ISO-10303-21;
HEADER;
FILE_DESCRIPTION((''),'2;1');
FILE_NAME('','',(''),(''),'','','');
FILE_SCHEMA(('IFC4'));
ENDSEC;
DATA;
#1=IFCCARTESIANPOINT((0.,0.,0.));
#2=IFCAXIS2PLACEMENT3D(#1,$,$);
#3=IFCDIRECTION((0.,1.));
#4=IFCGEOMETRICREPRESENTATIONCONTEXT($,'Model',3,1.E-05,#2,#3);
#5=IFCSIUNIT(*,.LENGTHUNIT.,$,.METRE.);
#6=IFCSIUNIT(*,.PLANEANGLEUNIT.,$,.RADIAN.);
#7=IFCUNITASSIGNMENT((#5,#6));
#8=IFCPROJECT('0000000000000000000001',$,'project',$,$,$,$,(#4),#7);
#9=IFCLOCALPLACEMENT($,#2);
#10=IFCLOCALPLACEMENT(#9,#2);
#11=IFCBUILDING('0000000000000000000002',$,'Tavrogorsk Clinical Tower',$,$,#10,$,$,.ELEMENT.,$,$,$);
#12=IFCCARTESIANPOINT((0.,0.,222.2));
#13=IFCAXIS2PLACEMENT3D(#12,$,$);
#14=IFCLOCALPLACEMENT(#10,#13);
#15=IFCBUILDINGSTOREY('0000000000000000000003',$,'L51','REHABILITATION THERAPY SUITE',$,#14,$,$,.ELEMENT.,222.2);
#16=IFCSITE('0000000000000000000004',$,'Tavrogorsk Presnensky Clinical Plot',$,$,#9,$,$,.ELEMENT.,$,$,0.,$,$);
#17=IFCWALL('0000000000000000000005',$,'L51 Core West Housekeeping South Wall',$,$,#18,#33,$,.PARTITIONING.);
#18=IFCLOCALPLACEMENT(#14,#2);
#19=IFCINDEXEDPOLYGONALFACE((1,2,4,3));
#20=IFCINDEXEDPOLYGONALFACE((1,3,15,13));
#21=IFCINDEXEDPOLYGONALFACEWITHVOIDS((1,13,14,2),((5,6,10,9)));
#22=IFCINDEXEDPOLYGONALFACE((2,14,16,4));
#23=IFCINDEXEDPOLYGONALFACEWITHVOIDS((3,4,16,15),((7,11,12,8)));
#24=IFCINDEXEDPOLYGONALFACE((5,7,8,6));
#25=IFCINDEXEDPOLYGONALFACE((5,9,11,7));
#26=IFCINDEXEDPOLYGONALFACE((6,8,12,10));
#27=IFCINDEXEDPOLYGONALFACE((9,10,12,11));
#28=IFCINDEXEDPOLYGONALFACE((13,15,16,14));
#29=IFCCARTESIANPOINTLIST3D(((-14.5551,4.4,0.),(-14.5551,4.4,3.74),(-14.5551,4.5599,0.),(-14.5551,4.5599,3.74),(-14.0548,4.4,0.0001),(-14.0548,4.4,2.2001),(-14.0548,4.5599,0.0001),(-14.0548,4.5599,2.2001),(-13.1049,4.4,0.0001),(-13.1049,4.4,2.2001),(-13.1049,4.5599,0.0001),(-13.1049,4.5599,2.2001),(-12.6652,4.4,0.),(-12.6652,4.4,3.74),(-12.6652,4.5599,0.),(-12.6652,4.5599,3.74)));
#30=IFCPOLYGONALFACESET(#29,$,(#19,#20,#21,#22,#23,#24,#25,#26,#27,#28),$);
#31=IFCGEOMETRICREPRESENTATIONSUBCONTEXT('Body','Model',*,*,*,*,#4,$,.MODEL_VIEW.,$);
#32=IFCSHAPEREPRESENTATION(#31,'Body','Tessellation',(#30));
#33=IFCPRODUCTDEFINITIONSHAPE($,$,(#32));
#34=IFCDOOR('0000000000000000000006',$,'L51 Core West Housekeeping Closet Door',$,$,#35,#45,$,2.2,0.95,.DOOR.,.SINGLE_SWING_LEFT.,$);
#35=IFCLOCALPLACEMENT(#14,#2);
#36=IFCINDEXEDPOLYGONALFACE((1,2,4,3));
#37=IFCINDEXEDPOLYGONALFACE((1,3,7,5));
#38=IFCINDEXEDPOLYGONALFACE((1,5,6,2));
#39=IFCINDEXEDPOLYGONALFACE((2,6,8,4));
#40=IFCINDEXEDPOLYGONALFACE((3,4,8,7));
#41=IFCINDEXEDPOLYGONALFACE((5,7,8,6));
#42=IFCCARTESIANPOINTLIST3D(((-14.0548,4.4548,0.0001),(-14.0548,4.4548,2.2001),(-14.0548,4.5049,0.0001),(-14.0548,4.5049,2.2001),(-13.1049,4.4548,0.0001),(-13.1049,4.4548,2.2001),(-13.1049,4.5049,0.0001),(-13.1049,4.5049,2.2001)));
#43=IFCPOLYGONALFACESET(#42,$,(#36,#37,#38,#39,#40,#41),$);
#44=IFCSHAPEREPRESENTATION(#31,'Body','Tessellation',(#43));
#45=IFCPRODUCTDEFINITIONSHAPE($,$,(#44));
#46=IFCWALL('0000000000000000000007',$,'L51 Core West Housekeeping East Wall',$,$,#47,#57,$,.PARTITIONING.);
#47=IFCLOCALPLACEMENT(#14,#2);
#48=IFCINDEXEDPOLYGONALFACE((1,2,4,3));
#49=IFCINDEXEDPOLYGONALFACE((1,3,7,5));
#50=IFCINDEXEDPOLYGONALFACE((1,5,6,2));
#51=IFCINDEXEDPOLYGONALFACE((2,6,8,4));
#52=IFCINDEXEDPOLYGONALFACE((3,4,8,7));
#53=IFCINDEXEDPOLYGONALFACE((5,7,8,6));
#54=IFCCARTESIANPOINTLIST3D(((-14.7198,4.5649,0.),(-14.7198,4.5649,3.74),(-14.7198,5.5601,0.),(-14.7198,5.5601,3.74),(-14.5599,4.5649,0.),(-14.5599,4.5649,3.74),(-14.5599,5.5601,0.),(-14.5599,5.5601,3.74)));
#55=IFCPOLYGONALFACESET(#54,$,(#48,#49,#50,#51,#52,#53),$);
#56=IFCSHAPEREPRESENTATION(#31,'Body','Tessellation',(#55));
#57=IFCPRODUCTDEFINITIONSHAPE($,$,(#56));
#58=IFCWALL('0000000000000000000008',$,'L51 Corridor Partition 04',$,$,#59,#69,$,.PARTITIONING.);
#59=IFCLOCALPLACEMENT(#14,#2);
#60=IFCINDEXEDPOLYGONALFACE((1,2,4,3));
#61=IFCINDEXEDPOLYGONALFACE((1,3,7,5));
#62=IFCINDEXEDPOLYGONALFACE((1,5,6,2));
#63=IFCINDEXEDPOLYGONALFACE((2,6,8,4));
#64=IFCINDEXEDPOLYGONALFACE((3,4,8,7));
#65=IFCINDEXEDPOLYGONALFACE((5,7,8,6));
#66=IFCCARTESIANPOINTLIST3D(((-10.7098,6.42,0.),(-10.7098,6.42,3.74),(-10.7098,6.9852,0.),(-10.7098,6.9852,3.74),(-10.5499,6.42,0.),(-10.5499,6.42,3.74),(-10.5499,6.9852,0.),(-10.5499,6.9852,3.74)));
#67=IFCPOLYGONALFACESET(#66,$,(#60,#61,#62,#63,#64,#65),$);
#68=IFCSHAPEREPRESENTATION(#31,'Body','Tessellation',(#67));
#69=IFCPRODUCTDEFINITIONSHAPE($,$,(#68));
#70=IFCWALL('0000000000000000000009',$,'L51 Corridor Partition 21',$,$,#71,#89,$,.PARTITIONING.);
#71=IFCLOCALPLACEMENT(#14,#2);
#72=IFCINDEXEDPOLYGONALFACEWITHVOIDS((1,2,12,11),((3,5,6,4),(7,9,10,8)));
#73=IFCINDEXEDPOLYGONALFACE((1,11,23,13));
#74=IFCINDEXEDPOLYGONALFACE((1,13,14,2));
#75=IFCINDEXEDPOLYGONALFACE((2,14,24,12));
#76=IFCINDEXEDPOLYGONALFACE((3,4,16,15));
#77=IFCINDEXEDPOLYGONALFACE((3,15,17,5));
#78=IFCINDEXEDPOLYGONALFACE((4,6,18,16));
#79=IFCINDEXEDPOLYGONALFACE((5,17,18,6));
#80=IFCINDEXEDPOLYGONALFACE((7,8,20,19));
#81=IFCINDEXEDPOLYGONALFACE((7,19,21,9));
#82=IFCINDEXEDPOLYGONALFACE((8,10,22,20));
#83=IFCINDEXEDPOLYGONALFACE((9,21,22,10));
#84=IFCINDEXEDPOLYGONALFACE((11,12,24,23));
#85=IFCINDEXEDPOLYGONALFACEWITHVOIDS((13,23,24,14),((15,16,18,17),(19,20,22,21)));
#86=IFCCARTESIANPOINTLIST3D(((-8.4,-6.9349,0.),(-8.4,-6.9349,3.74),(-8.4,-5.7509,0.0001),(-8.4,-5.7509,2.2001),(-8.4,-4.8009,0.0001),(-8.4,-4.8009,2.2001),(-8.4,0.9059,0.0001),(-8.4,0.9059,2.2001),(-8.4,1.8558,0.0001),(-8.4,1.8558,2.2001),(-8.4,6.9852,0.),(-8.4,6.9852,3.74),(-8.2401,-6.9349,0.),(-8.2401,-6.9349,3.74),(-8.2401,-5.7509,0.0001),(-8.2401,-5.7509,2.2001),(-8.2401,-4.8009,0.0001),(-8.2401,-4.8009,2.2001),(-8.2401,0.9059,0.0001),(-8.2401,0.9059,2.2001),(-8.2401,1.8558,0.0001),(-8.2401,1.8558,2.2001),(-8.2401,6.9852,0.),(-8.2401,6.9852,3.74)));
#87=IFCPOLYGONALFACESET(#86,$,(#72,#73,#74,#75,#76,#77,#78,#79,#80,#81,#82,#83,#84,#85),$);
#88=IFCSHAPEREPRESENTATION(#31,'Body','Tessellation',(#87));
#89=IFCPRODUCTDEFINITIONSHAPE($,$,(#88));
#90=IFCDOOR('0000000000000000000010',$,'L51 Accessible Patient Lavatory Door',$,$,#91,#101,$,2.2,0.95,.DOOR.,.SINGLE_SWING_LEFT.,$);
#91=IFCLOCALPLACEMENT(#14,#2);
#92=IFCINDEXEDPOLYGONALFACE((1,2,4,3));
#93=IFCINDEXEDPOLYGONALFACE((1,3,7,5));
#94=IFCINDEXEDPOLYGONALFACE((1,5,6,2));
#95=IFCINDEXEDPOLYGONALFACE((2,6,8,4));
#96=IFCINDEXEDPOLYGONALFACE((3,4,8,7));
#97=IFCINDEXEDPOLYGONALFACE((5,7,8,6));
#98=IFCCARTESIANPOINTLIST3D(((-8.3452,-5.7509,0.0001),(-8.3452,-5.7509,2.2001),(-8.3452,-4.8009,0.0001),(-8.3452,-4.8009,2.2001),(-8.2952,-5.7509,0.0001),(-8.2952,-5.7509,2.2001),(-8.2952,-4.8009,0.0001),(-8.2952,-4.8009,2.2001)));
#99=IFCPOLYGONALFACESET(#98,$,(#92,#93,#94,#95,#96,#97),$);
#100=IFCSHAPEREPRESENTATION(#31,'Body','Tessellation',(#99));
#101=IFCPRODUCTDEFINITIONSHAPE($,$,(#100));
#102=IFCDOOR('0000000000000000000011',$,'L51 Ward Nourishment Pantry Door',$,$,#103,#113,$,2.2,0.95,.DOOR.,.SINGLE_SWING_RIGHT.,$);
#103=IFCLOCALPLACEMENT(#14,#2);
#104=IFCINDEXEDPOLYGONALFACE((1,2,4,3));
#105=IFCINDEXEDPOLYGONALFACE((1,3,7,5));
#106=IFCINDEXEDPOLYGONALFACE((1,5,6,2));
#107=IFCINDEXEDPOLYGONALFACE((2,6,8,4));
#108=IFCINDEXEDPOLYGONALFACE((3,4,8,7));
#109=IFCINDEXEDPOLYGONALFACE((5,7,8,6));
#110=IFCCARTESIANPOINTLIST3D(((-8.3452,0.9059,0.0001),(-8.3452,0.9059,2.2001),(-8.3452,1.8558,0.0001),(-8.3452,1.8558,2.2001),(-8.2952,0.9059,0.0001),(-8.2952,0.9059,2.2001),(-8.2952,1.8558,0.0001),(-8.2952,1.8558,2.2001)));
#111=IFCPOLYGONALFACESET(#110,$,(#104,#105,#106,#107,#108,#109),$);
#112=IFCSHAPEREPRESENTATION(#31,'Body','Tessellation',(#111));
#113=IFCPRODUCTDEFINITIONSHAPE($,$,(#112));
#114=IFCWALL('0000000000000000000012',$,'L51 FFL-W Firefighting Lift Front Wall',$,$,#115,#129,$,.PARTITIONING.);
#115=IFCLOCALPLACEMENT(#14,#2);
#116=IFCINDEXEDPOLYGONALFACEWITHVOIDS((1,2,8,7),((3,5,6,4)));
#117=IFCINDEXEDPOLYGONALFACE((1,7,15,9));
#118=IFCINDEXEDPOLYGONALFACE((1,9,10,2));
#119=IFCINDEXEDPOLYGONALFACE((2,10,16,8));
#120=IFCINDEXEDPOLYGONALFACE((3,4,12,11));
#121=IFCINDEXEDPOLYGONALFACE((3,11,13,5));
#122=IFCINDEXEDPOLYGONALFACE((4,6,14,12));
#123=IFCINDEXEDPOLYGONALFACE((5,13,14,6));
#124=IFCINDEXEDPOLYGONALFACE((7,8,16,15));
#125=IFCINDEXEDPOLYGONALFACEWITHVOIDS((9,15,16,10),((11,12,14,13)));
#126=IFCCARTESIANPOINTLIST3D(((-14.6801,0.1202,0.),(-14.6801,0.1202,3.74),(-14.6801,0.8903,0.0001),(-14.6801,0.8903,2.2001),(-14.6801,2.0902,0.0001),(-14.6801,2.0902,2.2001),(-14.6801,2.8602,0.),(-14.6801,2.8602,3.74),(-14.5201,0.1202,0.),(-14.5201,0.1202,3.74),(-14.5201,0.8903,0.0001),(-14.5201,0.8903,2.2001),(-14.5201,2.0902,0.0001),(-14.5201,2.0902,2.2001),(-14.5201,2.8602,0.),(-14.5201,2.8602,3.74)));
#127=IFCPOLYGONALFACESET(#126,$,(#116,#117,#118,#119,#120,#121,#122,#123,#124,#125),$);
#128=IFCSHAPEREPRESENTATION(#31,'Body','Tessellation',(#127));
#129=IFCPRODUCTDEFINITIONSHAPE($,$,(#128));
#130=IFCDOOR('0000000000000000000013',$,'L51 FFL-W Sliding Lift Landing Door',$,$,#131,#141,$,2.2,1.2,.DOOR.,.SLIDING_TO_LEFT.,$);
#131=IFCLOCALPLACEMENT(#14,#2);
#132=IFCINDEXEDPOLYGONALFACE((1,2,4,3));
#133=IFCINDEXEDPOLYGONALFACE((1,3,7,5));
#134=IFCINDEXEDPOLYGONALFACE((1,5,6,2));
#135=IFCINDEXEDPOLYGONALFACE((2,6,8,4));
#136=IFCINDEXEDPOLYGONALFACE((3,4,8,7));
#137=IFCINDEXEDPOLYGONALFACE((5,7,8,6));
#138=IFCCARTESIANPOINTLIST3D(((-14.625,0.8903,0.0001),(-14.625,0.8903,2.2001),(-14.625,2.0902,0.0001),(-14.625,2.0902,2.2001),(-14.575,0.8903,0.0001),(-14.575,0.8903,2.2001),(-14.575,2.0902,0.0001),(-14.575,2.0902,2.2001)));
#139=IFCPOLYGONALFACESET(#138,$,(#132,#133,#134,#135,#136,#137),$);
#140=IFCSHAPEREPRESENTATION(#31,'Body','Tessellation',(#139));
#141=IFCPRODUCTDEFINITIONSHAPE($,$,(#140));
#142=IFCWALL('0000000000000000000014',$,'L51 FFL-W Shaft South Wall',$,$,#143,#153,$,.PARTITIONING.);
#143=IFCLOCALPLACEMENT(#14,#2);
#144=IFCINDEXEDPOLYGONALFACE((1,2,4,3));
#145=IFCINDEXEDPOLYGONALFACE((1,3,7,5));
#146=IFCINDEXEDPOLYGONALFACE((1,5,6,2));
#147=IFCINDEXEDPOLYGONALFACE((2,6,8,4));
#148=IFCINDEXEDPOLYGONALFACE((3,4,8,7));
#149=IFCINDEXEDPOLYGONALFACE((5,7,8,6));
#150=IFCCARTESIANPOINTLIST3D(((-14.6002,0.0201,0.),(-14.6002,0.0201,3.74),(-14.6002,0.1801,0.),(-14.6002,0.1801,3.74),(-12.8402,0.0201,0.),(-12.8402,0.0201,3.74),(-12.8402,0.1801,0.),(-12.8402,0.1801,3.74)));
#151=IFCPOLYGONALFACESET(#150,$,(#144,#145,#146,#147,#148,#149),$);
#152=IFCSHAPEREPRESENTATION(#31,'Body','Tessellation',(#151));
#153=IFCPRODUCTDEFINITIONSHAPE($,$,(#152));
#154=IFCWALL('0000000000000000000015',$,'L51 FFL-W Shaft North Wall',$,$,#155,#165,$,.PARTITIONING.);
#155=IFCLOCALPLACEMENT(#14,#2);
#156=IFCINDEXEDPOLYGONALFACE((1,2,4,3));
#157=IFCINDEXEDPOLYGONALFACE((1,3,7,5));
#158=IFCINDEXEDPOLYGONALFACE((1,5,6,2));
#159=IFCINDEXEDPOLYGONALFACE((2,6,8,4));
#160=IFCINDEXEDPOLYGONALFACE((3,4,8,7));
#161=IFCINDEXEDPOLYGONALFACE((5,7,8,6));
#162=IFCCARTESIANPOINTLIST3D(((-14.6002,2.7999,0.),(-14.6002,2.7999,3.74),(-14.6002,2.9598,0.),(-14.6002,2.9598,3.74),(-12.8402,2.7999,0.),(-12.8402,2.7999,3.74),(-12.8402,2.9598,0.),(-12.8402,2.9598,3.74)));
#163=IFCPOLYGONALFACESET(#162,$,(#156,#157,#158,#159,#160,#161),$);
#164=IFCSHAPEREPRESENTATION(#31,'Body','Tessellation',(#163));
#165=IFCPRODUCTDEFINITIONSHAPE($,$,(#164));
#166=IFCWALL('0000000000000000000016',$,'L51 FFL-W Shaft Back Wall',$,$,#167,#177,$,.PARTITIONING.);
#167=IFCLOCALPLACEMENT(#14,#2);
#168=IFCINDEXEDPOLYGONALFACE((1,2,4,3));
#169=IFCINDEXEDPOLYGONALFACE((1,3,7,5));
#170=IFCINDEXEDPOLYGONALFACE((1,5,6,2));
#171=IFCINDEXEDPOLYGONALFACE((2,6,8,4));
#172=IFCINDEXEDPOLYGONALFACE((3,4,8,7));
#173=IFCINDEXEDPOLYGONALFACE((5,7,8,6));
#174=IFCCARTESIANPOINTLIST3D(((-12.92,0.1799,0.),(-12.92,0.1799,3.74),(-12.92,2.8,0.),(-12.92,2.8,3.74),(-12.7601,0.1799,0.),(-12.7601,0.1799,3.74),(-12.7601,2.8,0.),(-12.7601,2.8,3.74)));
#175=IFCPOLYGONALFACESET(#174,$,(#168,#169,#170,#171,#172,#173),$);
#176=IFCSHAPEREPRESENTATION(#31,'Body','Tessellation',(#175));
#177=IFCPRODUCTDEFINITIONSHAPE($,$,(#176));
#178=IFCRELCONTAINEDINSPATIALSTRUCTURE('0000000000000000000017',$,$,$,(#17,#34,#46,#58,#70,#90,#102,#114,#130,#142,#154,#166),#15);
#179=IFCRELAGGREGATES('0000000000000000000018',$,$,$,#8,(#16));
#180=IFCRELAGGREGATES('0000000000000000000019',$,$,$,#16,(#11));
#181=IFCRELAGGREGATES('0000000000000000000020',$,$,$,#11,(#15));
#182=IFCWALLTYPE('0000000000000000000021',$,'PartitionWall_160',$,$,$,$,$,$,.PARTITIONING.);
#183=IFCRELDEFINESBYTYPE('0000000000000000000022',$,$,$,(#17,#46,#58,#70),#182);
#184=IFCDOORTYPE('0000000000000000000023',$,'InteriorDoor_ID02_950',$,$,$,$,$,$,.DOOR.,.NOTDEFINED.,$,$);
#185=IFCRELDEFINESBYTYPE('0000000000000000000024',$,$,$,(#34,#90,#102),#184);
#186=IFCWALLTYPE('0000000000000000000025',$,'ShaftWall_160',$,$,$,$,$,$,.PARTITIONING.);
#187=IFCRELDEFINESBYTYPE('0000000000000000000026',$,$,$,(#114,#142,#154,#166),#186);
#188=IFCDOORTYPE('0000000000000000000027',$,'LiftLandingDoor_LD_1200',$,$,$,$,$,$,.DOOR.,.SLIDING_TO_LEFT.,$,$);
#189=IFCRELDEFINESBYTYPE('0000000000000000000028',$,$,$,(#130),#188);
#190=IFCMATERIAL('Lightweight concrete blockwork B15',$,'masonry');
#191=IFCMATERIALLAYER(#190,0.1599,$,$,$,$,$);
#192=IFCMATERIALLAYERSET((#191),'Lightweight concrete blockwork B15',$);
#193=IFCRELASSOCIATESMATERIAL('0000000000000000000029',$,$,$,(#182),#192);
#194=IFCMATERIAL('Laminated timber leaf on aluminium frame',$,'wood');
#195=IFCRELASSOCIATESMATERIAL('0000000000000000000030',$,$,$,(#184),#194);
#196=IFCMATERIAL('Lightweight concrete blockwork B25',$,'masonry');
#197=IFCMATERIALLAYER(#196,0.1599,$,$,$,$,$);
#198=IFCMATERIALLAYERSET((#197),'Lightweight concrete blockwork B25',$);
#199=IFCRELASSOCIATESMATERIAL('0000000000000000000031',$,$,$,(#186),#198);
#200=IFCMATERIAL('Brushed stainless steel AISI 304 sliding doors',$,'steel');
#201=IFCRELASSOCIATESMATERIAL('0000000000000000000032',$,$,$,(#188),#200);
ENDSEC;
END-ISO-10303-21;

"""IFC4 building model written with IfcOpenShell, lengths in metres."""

from ifc_helpers import new_model, si_unit, direction, frame, frame_2d, origin, place, context, subcontext, project, spatial, rectangle, extrude, material, layer, layer_set, type_object, element, fill, save


model = new_model("IFC4")

# Units and contexts
model_context = context("Model", 3, precision=1e-05, world=origin(), true_north=direction((0.0, 1.0)))
body_context = subcontext(model_context, "Body", "Model", "MODEL_VIEW")
ifc_project = project(units=[si_unit("LENGTHUNIT", "METRE"), si_unit("PLANEANGLEUNIT", "RADIAN")], contexts=[model_context])

# Site, building, storey
site_placement = place(None, origin())
site = spatial("IfcSite", under=ifc_project, at=site_placement, Name="Tavrogorsk Presnensky Clinical Plot", CompositionType="ELEMENT", RefElevation=0.0)
building_placement = place(site_placement, origin())
building = spatial("IfcBuilding", under=site, at=building_placement, Name="Tavrogorsk Clinical Tower", CompositionType="ELEMENT")
storey_placement = place(building_placement, frame((0.0, 0.0, 222.2)))
storey = spatial("IfcBuildingStorey", under=building, at=storey_placement, Name="L51", Description="REHABILITATION THERAPY SUITE", CompositionType="ELEMENT", Elevation=222.2)

# Wall, opening, door
ifc_material_1 = material(Name="Lightweight concrete blockwork B15", Category="masonry")
ifc_layer_1 = layer(ifc_material_1, 0.1599)
ifc_layer_set_1 = layer_set([ifc_layer_1], Name="Lightweight concrete blockwork B15")
wall_type_1 = type_object("IfcWallType", Name="PartitionWall_160", PredefinedType="PARTITIONING", material=ifc_layer_set_1)
ifc_material_2 = material(Name="Laminated timber leaf on aluminium frame", Category="wood")
door_type_1 = type_object("IfcDoorType", Name="InteriorDoor_ID02_950", OperationType="NOTDEFINED", PredefinedType="DOOR", material=ifc_material_2)
wall_1_placement = place(storey_placement, frame((-14.5549, 4.48, 0.0), z_axis=(0.0, 0.0, 1.0), x_axis=(1.0, 0.0, 0.0)))
wall_1 = element("IfcWall", 1, at=wall_1_placement, inside=storey, type_object=wall_type_1, Name="L51 Core West Housekeeping South Wall", PredefinedType="PARTITIONING", context=body_context, shape_type="SweptSolid", body=[
    extrude(rectangle(XDim=1.8899, YDim=0.1599, at=frame_2d((0.9448, 0.0))), origin(), (0.0, 0.0, 1.0), 3.74),
])
opening_1_placement = place(wall_1_placement, frame((0.5, 0.0, 0.0)))
opening_1 = element("IfcOpeningElement", 2, at=opening_1_placement, cuts=wall_1, PredefinedType="OPENING", context=body_context, shape_type="SweptSolid", body=[
    extrude(rectangle(XDim=0.95, YDim=2.2, at=frame_2d((0.4751, 1.1001))), frame((0.0, 0.0898, 0.0), z_axis=(0.0, -1.0, 0.0), x_axis=(1.0, 0.0, 0.0)), (0.0, 0.0, 1.0), 0.1799),
])
door_1_placement = place(opening_1_placement, origin())
door_1 = element("IfcDoor", 3, at=door_1_placement, inside=storey, type_object=door_type_1, Name="L51 Core West Housekeeping Closet Door", OperationType="SINGLE_SWING_LEFT", OverallHeight=2.2, OverallWidth=0.95, PredefinedType="DOOR", context=body_context, shape_type="SweptSolid", body=[
    extrude(rectangle(XDim=0.95, YDim=2.2, at=frame_2d((0.4751, 1.1001))), frame((0.0, 0.0249, 0.0), z_axis=(0.0, -1.0, 0.0), x_axis=(1.0, 0.0, 0.0)), (0.0, 0.0, 1.0), 0.05),
])
fill(opening_1, door_1)

# Walls
wall_2_placement = place(storey_placement, frame((-14.6399, 4.5649, 0.0), z_axis=(0.0, 0.0, 1.0), x_axis=(0.0, 1.0, 0.0)))
element("IfcWall", 4, at=wall_2_placement, inside=storey, type_object=wall_type_1, Name="L51 Core West Housekeeping East Wall", PredefinedType="PARTITIONING", context=body_context, shape_type="SweptSolid", body=[
    extrude(rectangle(XDim=0.9951, YDim=0.1599, at=frame_2d((0.4976, 0.0))), origin(), (0.0, 0.0, 1.0), 3.74),
])
wall_3_placement = place(storey_placement, frame((-10.6299, 6.4199, 0.0), z_axis=(0.0, 0.0, 1.0), x_axis=(0.0, 1.0, 0.0)))
element("IfcWall", 5, at=wall_3_placement, inside=storey, type_object=wall_type_1, Name="L51 Corridor Partition 04", PredefinedType="PARTITIONING", context=body_context, shape_type="SweptSolid", body=[
    extrude(rectangle(XDim=0.5652, YDim=0.1599, at=frame_2d((0.2827, 0.0))), origin(), (0.0, 0.0, 1.0), 3.74),
])

# Wall, openings, doors
wall_4_placement = place(storey_placement, frame((-8.3201, 6.9851, 0.0), z_axis=(0.0, 0.0, 1.0), x_axis=(0.0, -1.0, 0.0)))
wall_4 = element("IfcWall", 6, at=wall_4_placement, inside=storey, type_object=wall_type_1, Name="L51 Corridor Partition 21", PredefinedType="PARTITIONING", context=body_context, shape_type="SweptSolid", body=[
    extrude(rectangle(XDim=13.9202, YDim=0.1599, at=frame_2d((6.96, 0.0))), origin(), (0.0, 0.0, 1.0), 3.74),
])
opening_2_placement = place(wall_4_placement, frame((11.7859, 0.0, 0.0)))
opening_2 = element("IfcOpeningElement", 7, at=opening_2_placement, cuts=wall_4, PredefinedType="OPENING", context=body_context, shape_type="SweptSolid", body=[
    extrude(rectangle(XDim=0.95, YDim=2.2, at=frame_2d((0.4751, 1.1001))), frame((0.0, 0.0898, 0.0), z_axis=(0.0, -1.0, 0.0), x_axis=(1.0, 0.0, 0.0)), (0.0, 0.0, 1.0), 0.1799),
])
opening_3_placement = place(wall_4_placement, frame((5.1292, 0.0, 0.0)))
opening_3 = element("IfcOpeningElement", 8, at=opening_3_placement, cuts=wall_4, PredefinedType="OPENING", context=body_context, shape_type="SweptSolid", body=[
    extrude(rectangle(XDim=0.95, YDim=2.2, at=frame_2d((0.4751, 1.1001))), frame((0.0, 0.0898, 0.0), z_axis=(0.0, -1.0, 0.0), x_axis=(1.0, 0.0, 0.0)), (0.0, 0.0, 1.0), 0.1799),
])
door_2_placement = place(opening_2_placement, origin())
door_2 = element("IfcDoor", 9, at=door_2_placement, inside=storey, type_object=door_type_1, Name="L51 Accessible Patient Lavatory Door", OperationType="SINGLE_SWING_LEFT", OverallHeight=2.2, OverallWidth=0.95, PredefinedType="DOOR", context=body_context, shape_type="SweptSolid", body=[
    extrude(rectangle(XDim=0.95, YDim=2.2, at=frame_2d((0.4751, 1.1001))), frame((0.0, 0.0249, 0.0), z_axis=(0.0, -1.0, 0.0), x_axis=(1.0, 0.0, 0.0)), (0.0, 0.0, 1.0), 0.05),
])
fill(opening_2, door_2)
door_3_placement = place(opening_3_placement, origin())
door_3 = element("IfcDoor", 10, at=door_3_placement, inside=storey, type_object=door_type_1, Name="L51 Ward Nourishment Pantry Door", OperationType="SINGLE_SWING_RIGHT", OverallHeight=2.2, OverallWidth=0.95, PredefinedType="DOOR", context=body_context, shape_type="SweptSolid", body=[
    extrude(rectangle(XDim=0.95, YDim=2.2, at=frame_2d((0.4751, 1.1001))), frame((0.0, 0.0249, 0.0), z_axis=(0.0, -1.0, 0.0), x_axis=(1.0, 0.0, 0.0)), (0.0, 0.0, 1.0), 0.05),
])
fill(opening_3, door_3)

# Wall, opening, door
ifc_material_3 = material(Name="Lightweight concrete blockwork B25", Category="masonry")
ifc_layer_2 = layer(ifc_material_3, 0.1599)
ifc_layer_set_2 = layer_set([ifc_layer_2], Name="Lightweight concrete blockwork B25")
wall_type_2 = type_object("IfcWallType", Name="ShaftWall_160", PredefinedType="PARTITIONING", material=ifc_layer_set_2)
wall_5_placement = place(storey_placement, frame((-14.6001, 0.1201, 0.0), z_axis=(0.0, 0.0, 1.0), x_axis=(0.0, 1.0, 0.0)))
wall_5 = element("IfcWall", 11, at=wall_5_placement, inside=storey, type_object=wall_type_2, Name="L51 FFL-W Firefighting Lift Front Wall", PredefinedType="PARTITIONING", context=body_context, shape_type="SweptSolid", body=[
    extrude(rectangle(XDim=2.74, YDim=0.1599, at=frame_2d((1.3701, 0.0))), origin(), (0.0, 0.0, 1.0), 3.74),
])
opening_4_placement = place(wall_5_placement, frame((0.77, 0.0, 0.0)))
opening_4 = element("IfcOpeningElement", 12, at=opening_4_placement, cuts=wall_5, PredefinedType="OPENING", context=body_context, shape_type="SweptSolid", body=[
    extrude(rectangle(XDim=1.2, YDim=2.2, at=frame_2d((0.6001, 1.1001))), frame((0.0, 0.0898, 0.0), z_axis=(0.0, -1.0, 0.0), x_axis=(1.0, 0.0, 0.0)), (0.0, 0.0, 1.0), 0.1799),
])
ifc_material_4 = material(Name="Brushed stainless steel AISI 304 sliding doors", Category="steel")
door_type_2 = type_object("IfcDoorType", Name="LiftLandingDoor_LD_1200", OperationType="SLIDING_TO_LEFT", PredefinedType="DOOR", material=ifc_material_4)
door_4_placement = place(opening_4_placement, origin())
door_4 = element("IfcDoor", 13, at=door_4_placement, inside=storey, type_object=door_type_2, Name="L51 FFL-W Sliding Lift Landing Door", OperationType="SLIDING_TO_LEFT", OverallHeight=2.2, OverallWidth=1.2, PredefinedType="DOOR", context=body_context, shape_type="SweptSolid", body=[
    extrude(rectangle(XDim=1.2, YDim=2.2, at=frame_2d((0.6001, 1.1001))), frame((0.0, 0.0249, 0.0), z_axis=(0.0, -1.0, 0.0), x_axis=(1.0, 0.0, 0.0)), (0.0, 0.0, 1.0), 0.05),
])
fill(opening_4, door_4)

# Walls
for number, where, z_axis, x_axis, name in (
    (14, (-14.6001, 0.1001, 0.0), (0.0, 0.0, 1.0), (1.0, 0.0, 0.0), "L51 FFL-W Shaft South Wall"),
    (15, (-14.6001, 2.8799, 0.0), (0.0, 0.0, 1.0), (1.0, 0.0, 0.0), "L51 FFL-W Shaft North Wall"),
):
    element("IfcWall", number, at=place(storey_placement, frame(where, z_axis=z_axis, x_axis=x_axis)), inside=storey, type_object=wall_type_2, Name=name, PredefinedType="PARTITIONING", context=body_context, shape_type="SweptSolid", body=[
        extrude(rectangle(XDim=1.76, YDim=0.1599, at=frame_2d((0.8799, 0.0))), origin(), (0.0, 0.0, 1.0), 3.74),
    ])
wall_6_placement = place(storey_placement, frame((-12.8401, 0.1799, 0.0), z_axis=(0.0, 0.0, 1.0), x_axis=(0.0, 1.0, 0.0)))
element("IfcWall", 16, at=wall_6_placement, inside=storey, type_object=wall_type_2, Name="L51 FFL-W Shaft Back Wall", PredefinedType="PARTITIONING", context=body_context, shape_type="SweptSolid", body=[
    extrude(rectangle(XDim=2.6201, YDim=0.1599, at=frame_2d((1.3101, 0.0))), origin(), (0.0, 0.0, 1.0), 3.74),
])

save(model, "model.ifc")
